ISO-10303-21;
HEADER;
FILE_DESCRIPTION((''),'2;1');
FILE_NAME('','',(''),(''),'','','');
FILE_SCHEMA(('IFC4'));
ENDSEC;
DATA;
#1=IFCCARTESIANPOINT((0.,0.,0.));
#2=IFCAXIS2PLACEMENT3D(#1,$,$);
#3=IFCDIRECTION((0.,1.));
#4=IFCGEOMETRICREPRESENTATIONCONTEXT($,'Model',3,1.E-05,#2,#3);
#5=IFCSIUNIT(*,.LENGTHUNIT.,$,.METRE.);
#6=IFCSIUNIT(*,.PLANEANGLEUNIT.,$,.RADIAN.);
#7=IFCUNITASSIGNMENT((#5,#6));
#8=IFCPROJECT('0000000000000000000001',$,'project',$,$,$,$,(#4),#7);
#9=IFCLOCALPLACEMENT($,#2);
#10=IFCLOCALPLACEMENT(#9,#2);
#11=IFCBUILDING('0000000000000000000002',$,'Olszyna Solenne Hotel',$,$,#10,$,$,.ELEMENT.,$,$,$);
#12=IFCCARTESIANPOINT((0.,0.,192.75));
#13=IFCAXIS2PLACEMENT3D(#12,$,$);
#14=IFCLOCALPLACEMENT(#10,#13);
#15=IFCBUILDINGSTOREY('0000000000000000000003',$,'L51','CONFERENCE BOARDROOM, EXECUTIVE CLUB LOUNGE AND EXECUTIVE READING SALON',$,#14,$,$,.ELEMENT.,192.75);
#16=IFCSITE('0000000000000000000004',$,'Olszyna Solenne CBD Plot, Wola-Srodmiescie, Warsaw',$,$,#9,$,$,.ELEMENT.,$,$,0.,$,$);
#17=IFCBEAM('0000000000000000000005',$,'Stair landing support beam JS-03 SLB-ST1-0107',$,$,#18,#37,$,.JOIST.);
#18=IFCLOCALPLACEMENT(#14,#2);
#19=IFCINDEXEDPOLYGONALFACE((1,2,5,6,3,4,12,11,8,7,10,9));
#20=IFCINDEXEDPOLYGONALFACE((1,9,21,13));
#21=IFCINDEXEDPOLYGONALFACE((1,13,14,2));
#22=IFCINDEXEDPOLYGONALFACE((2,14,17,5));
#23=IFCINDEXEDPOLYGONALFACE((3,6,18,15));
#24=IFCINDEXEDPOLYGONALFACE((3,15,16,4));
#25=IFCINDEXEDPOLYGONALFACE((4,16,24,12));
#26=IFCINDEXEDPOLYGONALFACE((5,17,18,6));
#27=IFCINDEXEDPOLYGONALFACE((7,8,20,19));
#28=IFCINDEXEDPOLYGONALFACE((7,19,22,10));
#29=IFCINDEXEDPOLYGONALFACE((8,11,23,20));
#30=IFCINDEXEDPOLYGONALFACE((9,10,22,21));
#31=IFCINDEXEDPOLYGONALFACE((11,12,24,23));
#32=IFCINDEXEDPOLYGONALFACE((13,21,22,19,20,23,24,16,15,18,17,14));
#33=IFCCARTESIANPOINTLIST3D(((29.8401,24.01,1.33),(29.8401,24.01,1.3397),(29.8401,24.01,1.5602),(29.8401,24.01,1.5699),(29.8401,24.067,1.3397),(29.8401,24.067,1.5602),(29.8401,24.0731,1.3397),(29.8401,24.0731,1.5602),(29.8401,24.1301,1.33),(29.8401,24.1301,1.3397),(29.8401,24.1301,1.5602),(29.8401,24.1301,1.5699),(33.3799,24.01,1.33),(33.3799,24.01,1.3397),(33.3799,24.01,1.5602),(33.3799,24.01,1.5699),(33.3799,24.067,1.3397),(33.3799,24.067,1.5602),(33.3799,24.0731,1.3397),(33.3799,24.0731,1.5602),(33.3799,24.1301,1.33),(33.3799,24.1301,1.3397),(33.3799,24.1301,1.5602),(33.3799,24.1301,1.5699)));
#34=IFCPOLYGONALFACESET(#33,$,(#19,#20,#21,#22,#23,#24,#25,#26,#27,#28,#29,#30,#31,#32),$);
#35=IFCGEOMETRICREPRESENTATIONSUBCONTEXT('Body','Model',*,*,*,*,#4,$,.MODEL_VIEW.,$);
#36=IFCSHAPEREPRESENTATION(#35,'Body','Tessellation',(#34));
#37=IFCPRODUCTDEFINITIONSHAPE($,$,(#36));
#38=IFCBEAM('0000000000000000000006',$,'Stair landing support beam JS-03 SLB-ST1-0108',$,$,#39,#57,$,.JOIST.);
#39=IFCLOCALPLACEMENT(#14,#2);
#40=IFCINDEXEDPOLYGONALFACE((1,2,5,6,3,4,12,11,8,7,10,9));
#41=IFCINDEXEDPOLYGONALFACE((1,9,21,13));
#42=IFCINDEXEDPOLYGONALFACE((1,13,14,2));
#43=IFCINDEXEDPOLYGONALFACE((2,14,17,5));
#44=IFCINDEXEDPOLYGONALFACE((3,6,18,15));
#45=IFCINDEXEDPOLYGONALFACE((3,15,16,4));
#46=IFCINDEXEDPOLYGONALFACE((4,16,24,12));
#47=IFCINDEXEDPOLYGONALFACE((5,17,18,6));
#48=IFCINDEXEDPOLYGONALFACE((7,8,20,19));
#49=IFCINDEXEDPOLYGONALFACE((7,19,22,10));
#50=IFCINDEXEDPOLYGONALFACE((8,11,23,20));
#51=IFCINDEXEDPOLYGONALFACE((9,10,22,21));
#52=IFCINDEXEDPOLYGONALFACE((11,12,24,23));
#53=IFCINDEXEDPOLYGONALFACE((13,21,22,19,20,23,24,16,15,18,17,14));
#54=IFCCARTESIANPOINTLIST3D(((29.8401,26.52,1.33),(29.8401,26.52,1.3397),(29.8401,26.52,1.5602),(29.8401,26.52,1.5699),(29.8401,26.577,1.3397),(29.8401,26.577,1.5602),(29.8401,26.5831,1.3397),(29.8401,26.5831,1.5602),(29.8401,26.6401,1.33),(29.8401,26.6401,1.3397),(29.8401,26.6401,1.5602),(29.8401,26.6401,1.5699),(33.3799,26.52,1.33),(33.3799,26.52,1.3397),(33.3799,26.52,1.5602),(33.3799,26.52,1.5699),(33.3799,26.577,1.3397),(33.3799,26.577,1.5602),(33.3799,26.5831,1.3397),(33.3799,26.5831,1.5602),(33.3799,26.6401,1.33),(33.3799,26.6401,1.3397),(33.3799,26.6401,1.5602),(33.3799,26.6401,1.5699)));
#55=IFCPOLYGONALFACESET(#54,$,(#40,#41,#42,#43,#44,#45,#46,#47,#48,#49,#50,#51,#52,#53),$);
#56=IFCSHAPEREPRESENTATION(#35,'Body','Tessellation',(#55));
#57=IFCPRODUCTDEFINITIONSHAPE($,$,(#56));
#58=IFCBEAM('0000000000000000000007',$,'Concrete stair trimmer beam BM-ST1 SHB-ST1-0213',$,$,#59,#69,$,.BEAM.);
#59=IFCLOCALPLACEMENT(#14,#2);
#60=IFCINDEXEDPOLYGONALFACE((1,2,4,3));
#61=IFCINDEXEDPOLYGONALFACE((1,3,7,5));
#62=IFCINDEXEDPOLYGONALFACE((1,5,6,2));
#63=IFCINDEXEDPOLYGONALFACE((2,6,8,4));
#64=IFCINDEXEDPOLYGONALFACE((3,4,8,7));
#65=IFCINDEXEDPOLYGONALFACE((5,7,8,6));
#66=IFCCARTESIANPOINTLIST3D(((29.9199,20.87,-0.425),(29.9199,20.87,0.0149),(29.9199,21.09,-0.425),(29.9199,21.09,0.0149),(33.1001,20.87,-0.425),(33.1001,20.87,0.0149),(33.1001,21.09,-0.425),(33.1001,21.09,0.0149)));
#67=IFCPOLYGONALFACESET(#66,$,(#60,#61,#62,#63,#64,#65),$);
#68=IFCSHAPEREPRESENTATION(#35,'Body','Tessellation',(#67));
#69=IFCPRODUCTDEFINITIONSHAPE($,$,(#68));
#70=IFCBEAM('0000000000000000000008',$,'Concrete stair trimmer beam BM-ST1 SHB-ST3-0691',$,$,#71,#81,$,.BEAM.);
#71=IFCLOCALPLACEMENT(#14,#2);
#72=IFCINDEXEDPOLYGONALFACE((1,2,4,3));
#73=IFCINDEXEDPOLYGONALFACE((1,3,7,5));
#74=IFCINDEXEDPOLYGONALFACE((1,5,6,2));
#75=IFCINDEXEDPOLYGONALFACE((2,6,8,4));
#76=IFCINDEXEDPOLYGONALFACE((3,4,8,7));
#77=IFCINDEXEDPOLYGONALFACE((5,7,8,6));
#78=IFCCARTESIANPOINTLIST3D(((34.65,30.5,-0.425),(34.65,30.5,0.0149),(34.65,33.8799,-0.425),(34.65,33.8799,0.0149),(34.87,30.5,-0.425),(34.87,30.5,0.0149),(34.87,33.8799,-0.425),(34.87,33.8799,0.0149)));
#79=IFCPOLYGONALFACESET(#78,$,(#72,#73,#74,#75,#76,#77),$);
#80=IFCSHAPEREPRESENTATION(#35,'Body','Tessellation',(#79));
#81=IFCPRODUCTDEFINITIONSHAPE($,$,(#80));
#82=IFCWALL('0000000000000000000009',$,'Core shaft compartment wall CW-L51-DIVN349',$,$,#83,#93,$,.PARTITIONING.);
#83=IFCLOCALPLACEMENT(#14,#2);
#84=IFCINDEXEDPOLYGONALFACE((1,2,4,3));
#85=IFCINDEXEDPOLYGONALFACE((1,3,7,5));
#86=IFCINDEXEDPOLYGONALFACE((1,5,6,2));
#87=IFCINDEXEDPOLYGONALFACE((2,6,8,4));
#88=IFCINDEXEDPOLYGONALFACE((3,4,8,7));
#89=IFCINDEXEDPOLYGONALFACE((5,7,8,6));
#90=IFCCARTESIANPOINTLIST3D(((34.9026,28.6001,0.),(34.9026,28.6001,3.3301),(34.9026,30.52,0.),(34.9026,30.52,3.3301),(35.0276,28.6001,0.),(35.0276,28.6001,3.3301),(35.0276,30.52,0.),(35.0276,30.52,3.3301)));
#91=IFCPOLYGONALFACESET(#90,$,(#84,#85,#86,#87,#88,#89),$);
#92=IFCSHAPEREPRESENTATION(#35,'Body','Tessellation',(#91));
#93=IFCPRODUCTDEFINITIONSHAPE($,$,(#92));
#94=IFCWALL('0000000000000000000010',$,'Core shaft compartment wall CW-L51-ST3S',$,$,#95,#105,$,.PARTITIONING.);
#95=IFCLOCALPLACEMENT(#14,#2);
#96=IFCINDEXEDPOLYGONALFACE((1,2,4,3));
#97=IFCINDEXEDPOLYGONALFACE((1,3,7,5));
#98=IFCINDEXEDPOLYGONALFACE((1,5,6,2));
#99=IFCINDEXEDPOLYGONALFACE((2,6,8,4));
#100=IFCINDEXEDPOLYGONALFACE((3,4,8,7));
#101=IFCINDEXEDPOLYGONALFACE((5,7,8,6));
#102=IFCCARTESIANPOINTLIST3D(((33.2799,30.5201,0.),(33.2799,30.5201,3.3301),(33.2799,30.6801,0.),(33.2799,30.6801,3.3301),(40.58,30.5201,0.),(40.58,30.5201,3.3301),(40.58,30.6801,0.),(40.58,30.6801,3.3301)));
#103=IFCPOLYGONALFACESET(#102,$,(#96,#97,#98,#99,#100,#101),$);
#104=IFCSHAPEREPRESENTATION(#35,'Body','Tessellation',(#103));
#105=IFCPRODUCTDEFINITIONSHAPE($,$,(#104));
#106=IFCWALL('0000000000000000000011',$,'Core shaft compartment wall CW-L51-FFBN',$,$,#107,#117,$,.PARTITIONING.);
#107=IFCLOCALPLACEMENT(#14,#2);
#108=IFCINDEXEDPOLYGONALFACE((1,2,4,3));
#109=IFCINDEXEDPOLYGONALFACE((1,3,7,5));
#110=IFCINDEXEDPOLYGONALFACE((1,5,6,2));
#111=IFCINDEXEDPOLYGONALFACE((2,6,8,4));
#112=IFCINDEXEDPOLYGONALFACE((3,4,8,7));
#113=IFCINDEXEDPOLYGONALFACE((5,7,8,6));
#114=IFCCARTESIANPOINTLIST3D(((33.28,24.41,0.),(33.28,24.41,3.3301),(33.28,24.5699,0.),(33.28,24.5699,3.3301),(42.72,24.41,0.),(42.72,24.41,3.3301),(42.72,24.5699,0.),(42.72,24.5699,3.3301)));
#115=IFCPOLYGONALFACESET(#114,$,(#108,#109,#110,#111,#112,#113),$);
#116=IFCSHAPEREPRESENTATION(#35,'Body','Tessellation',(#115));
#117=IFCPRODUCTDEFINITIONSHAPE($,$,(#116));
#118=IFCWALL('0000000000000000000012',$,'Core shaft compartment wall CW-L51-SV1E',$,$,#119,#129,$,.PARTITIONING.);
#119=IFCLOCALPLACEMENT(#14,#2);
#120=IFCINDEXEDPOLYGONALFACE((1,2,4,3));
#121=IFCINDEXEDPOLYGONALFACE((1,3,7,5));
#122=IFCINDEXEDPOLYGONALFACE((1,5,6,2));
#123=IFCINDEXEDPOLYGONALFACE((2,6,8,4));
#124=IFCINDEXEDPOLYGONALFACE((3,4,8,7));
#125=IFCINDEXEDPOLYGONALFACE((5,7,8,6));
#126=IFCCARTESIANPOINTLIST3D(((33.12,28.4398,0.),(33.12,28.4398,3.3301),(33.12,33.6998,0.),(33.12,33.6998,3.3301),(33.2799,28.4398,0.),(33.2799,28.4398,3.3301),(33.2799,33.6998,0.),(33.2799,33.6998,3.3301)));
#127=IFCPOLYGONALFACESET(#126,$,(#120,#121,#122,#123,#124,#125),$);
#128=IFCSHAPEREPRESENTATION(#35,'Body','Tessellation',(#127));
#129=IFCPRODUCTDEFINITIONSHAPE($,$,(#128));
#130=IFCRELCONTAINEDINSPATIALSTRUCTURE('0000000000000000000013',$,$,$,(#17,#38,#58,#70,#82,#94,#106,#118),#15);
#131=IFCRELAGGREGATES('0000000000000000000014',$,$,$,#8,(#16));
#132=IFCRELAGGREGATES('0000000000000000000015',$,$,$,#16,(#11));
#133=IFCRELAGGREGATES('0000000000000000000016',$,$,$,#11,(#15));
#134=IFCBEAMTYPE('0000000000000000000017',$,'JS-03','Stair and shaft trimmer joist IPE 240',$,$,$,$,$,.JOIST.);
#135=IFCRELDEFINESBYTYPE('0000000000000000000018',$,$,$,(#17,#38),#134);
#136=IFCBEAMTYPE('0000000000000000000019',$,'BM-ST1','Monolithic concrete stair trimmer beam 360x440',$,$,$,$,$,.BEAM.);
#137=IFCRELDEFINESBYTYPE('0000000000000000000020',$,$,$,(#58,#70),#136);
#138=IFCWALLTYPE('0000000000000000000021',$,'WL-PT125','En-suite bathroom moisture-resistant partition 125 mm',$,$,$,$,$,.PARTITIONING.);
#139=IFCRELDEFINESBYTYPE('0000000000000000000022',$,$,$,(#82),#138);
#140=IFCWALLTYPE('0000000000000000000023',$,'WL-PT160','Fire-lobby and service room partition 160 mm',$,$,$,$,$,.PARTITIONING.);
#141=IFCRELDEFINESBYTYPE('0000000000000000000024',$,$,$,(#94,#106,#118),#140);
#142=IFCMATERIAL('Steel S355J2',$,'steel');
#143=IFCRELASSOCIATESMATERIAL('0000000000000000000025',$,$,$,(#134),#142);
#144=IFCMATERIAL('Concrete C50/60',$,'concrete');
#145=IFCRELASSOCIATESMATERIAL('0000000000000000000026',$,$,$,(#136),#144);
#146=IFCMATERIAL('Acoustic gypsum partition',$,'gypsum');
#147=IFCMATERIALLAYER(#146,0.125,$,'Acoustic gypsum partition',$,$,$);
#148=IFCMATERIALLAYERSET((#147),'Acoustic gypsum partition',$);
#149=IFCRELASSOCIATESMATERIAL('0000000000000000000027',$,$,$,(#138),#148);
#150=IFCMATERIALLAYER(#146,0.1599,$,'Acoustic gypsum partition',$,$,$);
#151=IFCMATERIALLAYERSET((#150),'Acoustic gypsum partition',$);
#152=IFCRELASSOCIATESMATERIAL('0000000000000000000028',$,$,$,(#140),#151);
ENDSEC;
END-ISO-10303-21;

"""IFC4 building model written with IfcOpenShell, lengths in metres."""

from ifc_helpers import new_model, si_unit, direction, frame, frame_2d, origin, origin_2d, place, context, subcontext, project, spatial, rectangle, i_section, extrude, source, transform, mapped, material, layer, layer_set, material_profile, profile_set, type_object, element, save


model = new_model("IFC4")

# Units and contexts
model_context = context("Model", 3, precision=1e-05, world=origin(), true_north=direction((0.0, 1.0)))
body_context = subcontext(model_context, "Body", "Model", "MODEL_VIEW")
ifc_project = project(units=[si_unit("LENGTHUNIT", "METRE"), si_unit("PLANEANGLEUNIT", "RADIAN")], contexts=[model_context])

# Site, building, storey
site_placement = place(None, origin())
site = spatial("IfcSite", under=ifc_project, at=site_placement, Name="Olszyna Solenne CBD Plot, Wola-Srodmiescie, Warsaw", CompositionType="ELEMENT", RefElevation=0.0)
building_placement = place(site_placement, origin())
building = spatial("IfcBuilding", under=site, at=building_placement, Name="Olszyna Solenne Hotel", CompositionType="ELEMENT")
storey_placement = place(building_placement, frame((0.0, 0.0, 192.75)))
storey = spatial("IfcBuildingStorey", under=building, at=storey_placement, Name="L51", Description="CONFERENCE BOARDROOM, EXECUTIVE CLUB LOUNGE AND EXECUTIVE READING SALON", CompositionType="ELEMENT", Elevation=192.75)

# Beams
ifc_material_1 = material(Name="Steel S355J2", Category="steel")
ifc_material_profile_1 = material_profile(ifc_material_1, i_section(OverallWidth=0.1201, OverallDepth=0.24, WebThickness=0.0061, FlangeThickness=0.0098, at=origin_2d()), Name="IPE 240", Category="load-bearing")
ifc_profile_set_1 = profile_set([ifc_material_profile_1], Name="Steel S355J2")
beam_type_1 = type_object("IfcBeamType", Name="JS-03", Description="Stair and shaft trimmer joist IPE 240", PredefinedType="JOIST", material=ifc_profile_set_1)
shared_shape_1 = source(origin(), body_context, "Body", "SweptSolid", [
    extrude(i_section(OverallWidth=0.1201, OverallDepth=0.24, WebThickness=0.0061, FlangeThickness=0.0098, at=origin_2d()), origin(), (0.0, 0.0, 1.0), 3.5398),
])
for number, where, z_axis, x_axis, name in (
    (1, (33.3799, 24.0701, 1.45), (-1.0, 0.0, 0.0), (0.0, -1.0, 0.0), "Stair landing support beam JS-03 SLB-ST1-0107"),
    (2, (33.3799, 26.5801, 1.45), (-1.0, 0.0, 0.0), (0.0, -1.0, 0.0), "Stair landing support beam JS-03 SLB-ST1-0108"),
):
    element("IfcBeam", number, at=place(storey_placement, frame(where, z_axis=z_axis, x_axis=x_axis)), inside=storey, type_object=beam_type_1, Name=name, PredefinedType="JOIST", context=body_context, shape_type="MappedRepresentation", body=[
        mapped(shared_shape_1, transform((0.0, 0.0, 0.0), x_axis=(1.0, 0.0, 0.0), y_axis=(0.0, 1.0, 0.0), z_axis=(0.0, 0.0, 1.0), scale=1.0)),
    ])
ifc_material_2 = material(Name="Concrete C50/60", Category="concrete")
ifc_material_profile_2 = material_profile(ifc_material_2, rectangle(XDim=0.22, YDim=0.4399, at=origin_2d()), Name="RC 220x440", Category="load-bearing")
ifc_profile_set_2 = profile_set([ifc_material_profile_2], Name="Concrete C50/60")
beam_type_2 = type_object("IfcBeamType", Name="BM-ST1", Description="Monolithic concrete stair trimmer beam 360x440", PredefinedType="BEAM", material=ifc_profile_set_2)
shared_shape_2 = source(origin(), body_context, "Body", "SweptSolid", [
    extrude(rectangle(XDim=0.22, YDim=0.4399, at=origin_2d()), origin(), (0.0, 0.0, 1.0), 3.1802),
])
beam_1_placement = place(storey_placement, frame((33.1001, 20.98, -0.2051), z_axis=(-1.0, 0.0, 0.0), x_axis=(0.0, -1.0, 0.0)))
element("IfcBeam", 3, at=beam_1_placement, inside=storey, type_object=beam_type_2, Name="Concrete stair trimmer beam BM-ST1 SHB-ST1-0213", PredefinedType="BEAM", context=body_context, shape_type="MappedRepresentation", body=[
    mapped(shared_shape_2, transform((0.0, 0.0, 0.0), x_axis=(1.0, 0.0, 0.0), y_axis=(0.0, 1.0, 0.0), z_axis=(0.0, 0.0, 1.0), scale=1.0)),
])
shared_shape_3 = source(origin(), body_context, "Body", "SweptSolid", [
    extrude(rectangle(XDim=0.22, YDim=0.4399, at=origin_2d()), origin(), (0.0, 0.0, 1.0), 3.3799),
])
beam_2_placement = place(storey_placement, frame((34.76, 30.5, -0.2051), z_axis=(0.0, 1.0, 0.0), x_axis=(-1.0, 0.0, 0.0)))
element("IfcBeam", 4, at=beam_2_placement, inside=storey, type_object=beam_type_2, Name="Concrete stair trimmer beam BM-ST1 SHB-ST3-0691", PredefinedType="BEAM", context=body_context, shape_type="MappedRepresentation", body=[
    mapped(shared_shape_3, transform((0.0, 0.0, 0.0), x_axis=(1.0, 0.0, 0.0), y_axis=(0.0, 1.0, 0.0), z_axis=(0.0, 0.0, 1.0), scale=1.0)),
])

# Walls
ifc_material_3 = material(Name="Acoustic gypsum partition", Category="gypsum")
ifc_layer_1 = layer(ifc_material_3, 0.125, Name="Acoustic gypsum partition")
ifc_layer_set_1 = layer_set([ifc_layer_1], Name="Acoustic gypsum partition")
wall_type_1 = type_object("IfcWallType", Name="WL-PT125", Description="En-suite bathroom moisture-resistant partition 125 mm", PredefinedType="PARTITIONING", material=ifc_layer_set_1)
wall_1_placement = place(storey_placement, frame((34.9651, 28.6001, 0.0), z_axis=(0.0, 0.0, 1.0), x_axis=(0.0, 1.0, 0.0)))
element("IfcWall", 5, at=wall_1_placement, inside=storey, type_object=wall_type_1, Name="Core shaft compartment wall CW-L51-DIVN349", PredefinedType="PARTITIONING", context=body_context, shape_type="SweptSolid", body=[
    extrude(rectangle(XDim=1.9199, YDim=0.125, at=frame_2d((0.96, 0.0))), origin(), (0.0, 0.0, 1.0), 3.3301),
])
ifc_layer_2 = layer(ifc_material_3, 0.1599, Name="Acoustic gypsum partition")
ifc_layer_set_2 = layer_set([ifc_layer_2], Name="Acoustic gypsum partition")
wall_type_2 = type_object("IfcWallType", Name="WL-PT160", Description="Fire-lobby and service room partition 160 mm", PredefinedType="PARTITIONING", material=ifc_layer_set_2)
wall_2_placement = place(storey_placement, frame((33.28, 30.6001, 0.0), z_axis=(0.0, 0.0, 1.0), x_axis=(1.0, 0.0, 0.0)))
element("IfcWall", 6, at=wall_2_placement, inside=storey, type_object=wall_type_2, Name="Core shaft compartment wall CW-L51-ST3S", PredefinedType="PARTITIONING", context=body_context, shape_type="SweptSolid", body=[
    extrude(rectangle(XDim=7.3, YDim=0.1599, at=frame_2d((3.6499, 0.0))), origin(), (0.0, 0.0, 1.0), 3.3301),
])
wall_3_placement = place(storey_placement, frame((33.28, 24.49, 0.0), z_axis=(0.0, 0.0, 1.0), x_axis=(1.0, 0.0, 0.0)))
element("IfcWall", 7, at=wall_3_placement, inside=storey, type_object=wall_type_2, Name="Core shaft compartment wall CW-L51-FFBN", PredefinedType="PARTITIONING", context=body_context, shape_type="SweptSolid", body=[
    extrude(rectangle(XDim=9.4399, YDim=0.1599, at=frame_2d((4.72, 0.0))), origin(), (0.0, 0.0, 1.0), 3.3301),
])
wall_4_placement = place(storey_placement, frame((33.2, 28.4399, 0.0), z_axis=(0.0, 0.0, 1.0), x_axis=(0.0, 1.0, 0.0)))
element("IfcWall", 8, at=wall_4_placement, inside=storey, type_object=wall_type_2, Name="Core shaft compartment wall CW-L51-SV1E", PredefinedType="PARTITIONING", context=body_context, shape_type="SweptSolid", body=[
    extrude(rectangle(XDim=5.26, YDim=0.1599, at=frame_2d((2.6299, 0.0))), origin(), (0.0, 0.0, 1.0), 3.3301),
])

save(model, "model.ifc")
